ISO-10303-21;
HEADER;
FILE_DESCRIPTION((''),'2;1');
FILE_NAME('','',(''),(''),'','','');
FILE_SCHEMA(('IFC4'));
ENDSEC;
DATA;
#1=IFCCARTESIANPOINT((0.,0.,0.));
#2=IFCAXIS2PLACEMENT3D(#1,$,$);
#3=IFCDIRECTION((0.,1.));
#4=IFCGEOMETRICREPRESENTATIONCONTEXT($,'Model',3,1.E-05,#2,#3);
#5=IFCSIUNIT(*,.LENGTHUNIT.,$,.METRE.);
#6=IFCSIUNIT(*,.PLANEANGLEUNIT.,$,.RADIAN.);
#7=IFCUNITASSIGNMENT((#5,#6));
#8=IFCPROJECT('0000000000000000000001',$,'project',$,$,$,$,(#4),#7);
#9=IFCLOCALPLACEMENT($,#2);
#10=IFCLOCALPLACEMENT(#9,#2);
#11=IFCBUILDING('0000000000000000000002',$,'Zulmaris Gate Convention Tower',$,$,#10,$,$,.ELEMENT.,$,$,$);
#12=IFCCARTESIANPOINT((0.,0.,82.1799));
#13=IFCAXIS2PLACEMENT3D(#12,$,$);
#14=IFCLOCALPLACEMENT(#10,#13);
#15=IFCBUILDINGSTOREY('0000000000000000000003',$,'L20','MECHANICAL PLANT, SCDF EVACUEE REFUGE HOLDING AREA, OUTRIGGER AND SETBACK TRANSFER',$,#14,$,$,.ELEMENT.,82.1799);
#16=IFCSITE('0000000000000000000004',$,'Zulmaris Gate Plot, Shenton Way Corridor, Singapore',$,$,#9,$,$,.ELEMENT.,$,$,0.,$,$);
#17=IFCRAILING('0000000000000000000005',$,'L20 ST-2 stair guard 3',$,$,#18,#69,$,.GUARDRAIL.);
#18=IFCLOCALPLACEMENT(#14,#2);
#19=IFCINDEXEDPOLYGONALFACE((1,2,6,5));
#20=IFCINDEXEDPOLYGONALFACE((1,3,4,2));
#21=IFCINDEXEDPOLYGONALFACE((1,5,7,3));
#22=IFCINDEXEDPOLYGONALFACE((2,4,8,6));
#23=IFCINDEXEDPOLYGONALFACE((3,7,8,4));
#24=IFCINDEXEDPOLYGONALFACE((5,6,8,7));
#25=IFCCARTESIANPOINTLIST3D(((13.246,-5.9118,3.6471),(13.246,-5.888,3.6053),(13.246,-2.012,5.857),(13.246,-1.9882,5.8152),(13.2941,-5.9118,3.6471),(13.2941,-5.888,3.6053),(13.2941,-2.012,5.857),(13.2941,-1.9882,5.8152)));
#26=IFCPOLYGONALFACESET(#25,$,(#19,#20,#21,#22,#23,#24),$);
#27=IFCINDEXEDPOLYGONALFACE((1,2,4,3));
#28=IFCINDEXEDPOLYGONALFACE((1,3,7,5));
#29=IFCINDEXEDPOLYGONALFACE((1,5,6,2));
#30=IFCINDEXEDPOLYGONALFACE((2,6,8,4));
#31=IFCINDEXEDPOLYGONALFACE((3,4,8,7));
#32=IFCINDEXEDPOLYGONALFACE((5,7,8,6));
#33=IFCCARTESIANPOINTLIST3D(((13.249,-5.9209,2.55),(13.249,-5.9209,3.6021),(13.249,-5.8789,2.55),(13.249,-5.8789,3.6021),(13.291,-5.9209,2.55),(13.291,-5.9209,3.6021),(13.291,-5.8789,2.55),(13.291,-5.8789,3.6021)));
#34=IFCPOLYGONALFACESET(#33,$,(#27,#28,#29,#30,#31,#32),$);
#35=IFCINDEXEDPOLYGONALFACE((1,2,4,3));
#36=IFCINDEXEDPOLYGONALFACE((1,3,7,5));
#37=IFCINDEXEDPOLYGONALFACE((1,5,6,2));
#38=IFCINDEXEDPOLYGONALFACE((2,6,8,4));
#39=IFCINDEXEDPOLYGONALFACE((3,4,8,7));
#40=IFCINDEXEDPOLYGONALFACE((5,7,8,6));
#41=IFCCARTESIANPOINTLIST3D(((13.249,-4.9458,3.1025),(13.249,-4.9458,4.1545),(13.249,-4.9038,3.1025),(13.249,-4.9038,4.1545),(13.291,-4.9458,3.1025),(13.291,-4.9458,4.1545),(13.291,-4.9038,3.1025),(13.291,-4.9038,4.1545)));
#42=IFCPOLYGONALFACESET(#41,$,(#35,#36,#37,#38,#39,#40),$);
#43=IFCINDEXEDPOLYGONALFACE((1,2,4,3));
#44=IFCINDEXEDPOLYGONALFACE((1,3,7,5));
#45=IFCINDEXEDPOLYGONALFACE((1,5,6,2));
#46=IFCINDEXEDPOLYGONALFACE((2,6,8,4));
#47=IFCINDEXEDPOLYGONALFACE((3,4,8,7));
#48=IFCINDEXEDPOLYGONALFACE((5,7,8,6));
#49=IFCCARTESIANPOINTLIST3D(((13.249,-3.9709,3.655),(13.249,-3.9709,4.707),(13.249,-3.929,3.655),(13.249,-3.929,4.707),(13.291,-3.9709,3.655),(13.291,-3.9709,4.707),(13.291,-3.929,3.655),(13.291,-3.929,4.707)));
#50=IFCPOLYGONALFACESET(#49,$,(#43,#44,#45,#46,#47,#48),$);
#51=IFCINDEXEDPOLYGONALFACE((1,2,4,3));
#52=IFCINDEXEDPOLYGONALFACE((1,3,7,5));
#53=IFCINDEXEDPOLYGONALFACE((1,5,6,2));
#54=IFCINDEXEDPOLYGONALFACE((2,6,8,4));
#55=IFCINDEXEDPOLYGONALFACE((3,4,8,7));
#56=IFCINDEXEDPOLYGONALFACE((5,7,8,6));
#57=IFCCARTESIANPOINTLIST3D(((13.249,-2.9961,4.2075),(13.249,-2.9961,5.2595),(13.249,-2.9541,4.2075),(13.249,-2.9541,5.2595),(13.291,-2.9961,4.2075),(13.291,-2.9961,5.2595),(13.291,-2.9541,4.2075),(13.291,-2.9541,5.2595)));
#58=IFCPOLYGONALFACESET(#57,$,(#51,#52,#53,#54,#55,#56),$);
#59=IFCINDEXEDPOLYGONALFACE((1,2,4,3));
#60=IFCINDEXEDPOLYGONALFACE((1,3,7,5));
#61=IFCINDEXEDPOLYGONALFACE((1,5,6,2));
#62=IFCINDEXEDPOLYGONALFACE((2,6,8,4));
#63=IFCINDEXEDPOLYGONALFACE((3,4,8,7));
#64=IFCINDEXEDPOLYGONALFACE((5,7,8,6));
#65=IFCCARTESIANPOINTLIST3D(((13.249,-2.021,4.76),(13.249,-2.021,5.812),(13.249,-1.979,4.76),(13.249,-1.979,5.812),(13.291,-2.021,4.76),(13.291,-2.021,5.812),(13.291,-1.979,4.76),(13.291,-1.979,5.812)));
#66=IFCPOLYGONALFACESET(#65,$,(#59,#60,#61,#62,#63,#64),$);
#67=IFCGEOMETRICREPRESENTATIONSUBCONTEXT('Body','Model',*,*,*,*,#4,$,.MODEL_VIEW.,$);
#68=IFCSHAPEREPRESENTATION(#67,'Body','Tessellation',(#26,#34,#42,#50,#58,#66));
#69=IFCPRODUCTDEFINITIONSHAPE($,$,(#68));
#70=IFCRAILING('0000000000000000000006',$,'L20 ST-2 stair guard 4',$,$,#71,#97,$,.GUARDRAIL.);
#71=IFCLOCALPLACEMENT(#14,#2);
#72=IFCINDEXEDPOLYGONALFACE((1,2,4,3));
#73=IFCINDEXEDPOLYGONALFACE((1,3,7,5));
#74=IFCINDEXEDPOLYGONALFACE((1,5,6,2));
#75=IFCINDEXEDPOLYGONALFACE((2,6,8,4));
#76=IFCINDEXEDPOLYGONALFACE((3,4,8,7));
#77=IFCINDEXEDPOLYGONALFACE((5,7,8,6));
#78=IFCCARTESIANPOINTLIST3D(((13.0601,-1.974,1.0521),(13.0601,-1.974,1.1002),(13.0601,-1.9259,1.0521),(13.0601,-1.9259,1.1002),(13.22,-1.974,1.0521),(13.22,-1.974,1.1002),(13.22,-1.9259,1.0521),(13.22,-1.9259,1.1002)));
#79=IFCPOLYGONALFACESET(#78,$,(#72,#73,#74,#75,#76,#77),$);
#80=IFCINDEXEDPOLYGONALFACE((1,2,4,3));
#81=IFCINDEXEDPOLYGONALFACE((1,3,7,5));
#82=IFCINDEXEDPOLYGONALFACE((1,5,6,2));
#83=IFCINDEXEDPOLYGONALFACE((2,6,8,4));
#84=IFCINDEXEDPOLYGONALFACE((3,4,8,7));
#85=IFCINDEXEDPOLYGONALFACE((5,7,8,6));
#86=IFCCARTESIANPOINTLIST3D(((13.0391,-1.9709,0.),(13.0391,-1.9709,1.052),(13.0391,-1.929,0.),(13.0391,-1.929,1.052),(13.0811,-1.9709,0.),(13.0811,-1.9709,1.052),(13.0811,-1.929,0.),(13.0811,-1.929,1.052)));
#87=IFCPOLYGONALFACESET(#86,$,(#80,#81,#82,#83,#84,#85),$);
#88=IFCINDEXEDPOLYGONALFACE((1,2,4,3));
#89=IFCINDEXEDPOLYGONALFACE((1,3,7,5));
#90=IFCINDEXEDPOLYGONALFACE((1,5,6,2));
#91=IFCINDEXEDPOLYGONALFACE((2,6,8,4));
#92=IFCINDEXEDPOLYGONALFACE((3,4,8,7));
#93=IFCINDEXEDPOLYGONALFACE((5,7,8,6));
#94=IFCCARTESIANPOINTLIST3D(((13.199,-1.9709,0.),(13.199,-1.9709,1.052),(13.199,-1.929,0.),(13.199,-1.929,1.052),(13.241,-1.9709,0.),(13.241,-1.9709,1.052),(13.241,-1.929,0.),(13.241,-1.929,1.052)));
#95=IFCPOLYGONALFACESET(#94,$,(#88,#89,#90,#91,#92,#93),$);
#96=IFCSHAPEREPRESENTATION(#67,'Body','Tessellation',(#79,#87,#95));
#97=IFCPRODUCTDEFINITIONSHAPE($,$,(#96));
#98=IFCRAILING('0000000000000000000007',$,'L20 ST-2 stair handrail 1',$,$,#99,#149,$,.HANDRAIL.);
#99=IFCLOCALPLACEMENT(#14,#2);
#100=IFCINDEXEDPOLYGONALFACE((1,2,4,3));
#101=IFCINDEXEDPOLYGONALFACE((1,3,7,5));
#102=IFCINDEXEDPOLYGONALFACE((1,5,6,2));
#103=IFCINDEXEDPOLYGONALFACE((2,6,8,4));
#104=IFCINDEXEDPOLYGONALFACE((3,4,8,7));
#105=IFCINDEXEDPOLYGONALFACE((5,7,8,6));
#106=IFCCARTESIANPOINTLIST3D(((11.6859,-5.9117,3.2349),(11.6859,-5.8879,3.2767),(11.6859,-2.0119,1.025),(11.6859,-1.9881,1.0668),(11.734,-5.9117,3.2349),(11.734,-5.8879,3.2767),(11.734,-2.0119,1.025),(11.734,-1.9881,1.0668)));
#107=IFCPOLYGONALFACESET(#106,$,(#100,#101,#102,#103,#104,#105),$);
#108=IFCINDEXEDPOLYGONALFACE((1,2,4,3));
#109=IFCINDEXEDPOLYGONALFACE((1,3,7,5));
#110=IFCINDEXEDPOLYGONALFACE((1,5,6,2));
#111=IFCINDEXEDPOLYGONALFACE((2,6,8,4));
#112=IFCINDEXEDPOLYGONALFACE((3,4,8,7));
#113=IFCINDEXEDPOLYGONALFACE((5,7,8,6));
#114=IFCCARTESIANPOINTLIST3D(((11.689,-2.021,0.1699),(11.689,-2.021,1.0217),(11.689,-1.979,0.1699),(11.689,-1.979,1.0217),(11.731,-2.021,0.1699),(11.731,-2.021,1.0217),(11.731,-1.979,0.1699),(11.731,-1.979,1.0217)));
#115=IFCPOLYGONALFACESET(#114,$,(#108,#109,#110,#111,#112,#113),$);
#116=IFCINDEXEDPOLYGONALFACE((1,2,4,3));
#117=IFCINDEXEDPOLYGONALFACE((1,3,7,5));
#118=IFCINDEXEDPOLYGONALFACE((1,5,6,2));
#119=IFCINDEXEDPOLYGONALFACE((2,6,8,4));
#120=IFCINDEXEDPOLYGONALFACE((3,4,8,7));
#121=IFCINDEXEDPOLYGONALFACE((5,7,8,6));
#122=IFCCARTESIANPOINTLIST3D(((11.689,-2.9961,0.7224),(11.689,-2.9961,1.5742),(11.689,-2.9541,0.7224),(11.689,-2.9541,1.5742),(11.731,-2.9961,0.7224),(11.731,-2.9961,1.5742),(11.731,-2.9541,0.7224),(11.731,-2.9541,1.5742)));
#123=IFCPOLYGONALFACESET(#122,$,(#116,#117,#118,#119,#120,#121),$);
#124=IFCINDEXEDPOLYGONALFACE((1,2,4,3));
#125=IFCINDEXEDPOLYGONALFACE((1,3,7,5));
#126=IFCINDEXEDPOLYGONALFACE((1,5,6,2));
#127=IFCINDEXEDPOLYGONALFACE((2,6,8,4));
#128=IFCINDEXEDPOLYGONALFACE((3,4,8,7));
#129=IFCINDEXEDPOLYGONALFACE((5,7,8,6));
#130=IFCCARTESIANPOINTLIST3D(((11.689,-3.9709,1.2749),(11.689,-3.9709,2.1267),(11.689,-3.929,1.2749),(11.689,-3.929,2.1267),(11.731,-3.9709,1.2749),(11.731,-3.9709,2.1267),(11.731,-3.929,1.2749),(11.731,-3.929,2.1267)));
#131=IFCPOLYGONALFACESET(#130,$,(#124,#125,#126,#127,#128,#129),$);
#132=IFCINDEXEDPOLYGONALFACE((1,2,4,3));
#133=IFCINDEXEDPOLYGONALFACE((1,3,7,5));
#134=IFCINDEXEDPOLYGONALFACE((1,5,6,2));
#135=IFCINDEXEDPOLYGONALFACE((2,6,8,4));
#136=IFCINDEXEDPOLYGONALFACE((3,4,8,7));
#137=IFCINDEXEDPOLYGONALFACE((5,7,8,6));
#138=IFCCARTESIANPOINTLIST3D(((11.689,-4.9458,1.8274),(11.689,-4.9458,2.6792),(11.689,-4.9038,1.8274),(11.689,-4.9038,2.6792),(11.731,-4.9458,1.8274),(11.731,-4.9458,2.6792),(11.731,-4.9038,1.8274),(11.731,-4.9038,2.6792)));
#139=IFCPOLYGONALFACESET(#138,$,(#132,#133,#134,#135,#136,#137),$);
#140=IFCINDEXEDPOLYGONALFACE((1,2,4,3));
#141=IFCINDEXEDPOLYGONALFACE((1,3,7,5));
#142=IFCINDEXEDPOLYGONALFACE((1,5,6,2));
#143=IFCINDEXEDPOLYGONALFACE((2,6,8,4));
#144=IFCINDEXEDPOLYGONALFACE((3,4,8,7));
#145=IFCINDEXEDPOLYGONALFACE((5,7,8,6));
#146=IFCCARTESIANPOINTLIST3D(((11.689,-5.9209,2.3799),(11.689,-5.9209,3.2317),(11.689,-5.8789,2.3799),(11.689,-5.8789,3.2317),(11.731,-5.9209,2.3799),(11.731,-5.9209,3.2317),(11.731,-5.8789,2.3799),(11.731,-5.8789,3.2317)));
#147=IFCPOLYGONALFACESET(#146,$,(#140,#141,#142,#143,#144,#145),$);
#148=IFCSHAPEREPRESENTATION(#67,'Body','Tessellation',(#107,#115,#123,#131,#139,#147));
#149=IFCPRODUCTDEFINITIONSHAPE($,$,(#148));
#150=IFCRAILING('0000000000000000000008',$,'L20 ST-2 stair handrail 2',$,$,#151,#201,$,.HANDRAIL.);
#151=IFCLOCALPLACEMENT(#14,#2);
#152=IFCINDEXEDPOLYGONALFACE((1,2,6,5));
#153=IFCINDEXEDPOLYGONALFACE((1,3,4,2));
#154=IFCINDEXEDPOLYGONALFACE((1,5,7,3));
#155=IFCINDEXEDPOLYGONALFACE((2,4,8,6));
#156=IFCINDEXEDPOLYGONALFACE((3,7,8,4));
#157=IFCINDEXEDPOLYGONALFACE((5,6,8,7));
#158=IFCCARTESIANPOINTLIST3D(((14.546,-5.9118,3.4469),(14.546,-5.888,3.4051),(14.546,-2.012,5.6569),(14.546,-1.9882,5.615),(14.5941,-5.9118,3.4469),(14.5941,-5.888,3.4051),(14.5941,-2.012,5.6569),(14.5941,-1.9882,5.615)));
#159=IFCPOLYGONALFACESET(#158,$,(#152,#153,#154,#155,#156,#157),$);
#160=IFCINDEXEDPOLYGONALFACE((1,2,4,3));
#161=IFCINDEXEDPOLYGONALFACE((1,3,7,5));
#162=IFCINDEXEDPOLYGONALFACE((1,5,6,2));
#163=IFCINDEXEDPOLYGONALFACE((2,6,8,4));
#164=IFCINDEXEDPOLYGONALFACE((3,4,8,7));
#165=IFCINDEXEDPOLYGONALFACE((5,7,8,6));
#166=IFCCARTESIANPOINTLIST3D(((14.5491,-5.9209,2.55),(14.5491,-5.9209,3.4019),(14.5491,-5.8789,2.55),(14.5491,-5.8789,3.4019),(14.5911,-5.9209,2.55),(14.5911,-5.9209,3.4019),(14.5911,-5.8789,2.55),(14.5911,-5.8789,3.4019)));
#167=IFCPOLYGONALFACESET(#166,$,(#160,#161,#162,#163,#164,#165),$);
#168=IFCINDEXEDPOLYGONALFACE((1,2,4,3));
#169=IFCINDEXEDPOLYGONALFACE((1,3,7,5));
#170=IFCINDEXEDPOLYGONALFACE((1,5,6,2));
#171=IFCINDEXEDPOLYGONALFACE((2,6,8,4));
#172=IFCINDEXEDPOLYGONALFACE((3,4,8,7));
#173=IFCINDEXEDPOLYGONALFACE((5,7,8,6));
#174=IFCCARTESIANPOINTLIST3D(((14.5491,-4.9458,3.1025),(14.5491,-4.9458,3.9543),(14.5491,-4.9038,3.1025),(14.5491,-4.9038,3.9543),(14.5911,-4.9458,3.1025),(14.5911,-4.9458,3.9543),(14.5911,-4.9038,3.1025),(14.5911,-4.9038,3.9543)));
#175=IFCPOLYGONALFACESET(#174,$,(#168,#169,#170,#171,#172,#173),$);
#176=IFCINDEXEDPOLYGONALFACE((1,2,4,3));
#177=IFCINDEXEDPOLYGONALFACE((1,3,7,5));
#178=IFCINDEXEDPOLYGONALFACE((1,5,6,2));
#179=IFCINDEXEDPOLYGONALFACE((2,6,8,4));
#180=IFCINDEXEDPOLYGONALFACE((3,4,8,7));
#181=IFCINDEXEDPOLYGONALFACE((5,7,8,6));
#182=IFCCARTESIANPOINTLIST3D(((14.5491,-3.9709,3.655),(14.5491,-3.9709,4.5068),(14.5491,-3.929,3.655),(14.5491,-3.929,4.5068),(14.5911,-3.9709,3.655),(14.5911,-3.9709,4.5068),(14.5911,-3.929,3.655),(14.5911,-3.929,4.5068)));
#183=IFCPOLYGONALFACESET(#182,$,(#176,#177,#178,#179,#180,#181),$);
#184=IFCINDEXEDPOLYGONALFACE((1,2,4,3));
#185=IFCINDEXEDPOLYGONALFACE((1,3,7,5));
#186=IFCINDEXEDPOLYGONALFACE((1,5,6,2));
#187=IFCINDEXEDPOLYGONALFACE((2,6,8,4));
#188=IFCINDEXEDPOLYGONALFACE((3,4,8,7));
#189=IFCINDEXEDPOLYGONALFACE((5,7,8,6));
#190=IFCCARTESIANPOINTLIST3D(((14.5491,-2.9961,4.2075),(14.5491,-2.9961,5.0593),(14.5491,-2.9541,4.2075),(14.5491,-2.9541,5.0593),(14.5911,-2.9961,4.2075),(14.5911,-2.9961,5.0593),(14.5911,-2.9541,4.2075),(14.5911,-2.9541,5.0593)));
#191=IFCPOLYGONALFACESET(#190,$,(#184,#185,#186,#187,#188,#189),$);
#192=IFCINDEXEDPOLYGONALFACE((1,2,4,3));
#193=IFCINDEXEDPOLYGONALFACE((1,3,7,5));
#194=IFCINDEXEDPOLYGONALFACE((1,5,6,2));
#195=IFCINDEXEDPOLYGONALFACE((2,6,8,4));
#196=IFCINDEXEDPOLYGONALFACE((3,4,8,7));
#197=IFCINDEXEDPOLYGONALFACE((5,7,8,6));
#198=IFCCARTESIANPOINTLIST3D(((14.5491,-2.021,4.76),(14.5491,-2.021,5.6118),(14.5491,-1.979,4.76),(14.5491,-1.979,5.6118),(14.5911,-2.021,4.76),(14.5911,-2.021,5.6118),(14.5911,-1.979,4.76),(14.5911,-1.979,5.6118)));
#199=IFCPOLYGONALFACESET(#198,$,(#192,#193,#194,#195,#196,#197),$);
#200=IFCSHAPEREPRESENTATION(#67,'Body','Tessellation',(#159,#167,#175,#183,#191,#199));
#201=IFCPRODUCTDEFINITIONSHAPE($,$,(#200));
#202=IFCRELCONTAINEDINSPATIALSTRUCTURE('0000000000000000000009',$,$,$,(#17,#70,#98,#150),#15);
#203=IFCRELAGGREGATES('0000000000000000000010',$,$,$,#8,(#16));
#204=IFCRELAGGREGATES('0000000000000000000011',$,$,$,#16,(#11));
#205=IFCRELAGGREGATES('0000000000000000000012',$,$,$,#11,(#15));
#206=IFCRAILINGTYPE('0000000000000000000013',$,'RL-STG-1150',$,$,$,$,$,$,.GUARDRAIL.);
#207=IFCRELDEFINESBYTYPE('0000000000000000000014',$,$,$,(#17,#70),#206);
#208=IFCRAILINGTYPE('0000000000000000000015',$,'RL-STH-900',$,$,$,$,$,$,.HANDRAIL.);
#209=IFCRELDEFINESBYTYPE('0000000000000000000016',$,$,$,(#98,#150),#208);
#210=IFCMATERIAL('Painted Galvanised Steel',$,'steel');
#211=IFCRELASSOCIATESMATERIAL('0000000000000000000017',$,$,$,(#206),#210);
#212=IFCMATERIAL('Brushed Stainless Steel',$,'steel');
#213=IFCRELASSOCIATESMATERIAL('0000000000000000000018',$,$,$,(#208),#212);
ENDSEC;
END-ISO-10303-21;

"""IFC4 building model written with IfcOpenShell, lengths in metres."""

from ifc_helpers import new_model, si_unit, direction, frame, origin, origin_2d, place, context, subcontext, project, spatial, rectangle, extrude, material, type_object, element, save


model = new_model("IFC4")

# Units and contexts
model_context = context("Model", 3, precision=1e-05, world=origin(), true_north=direction((0.0, 1.0)))
body_context = subcontext(model_context, "Body", "Model", "MODEL_VIEW")
ifc_project = project(units=[si_unit("LENGTHUNIT", "METRE"), si_unit("PLANEANGLEUNIT", "RADIAN")], contexts=[model_context])

# Site, building, storey
site_placement = place(None, origin())
site = spatial("IfcSite", under=ifc_project, at=site_placement, Name="Zulmaris Gate Plot, Shenton Way Corridor, Singapore", CompositionType="ELEMENT", RefElevation=0.0)
building_placement = place(site_placement, origin())
building = spatial("IfcBuilding", under=site, at=building_placement, Name="Zulmaris Gate Convention Tower", CompositionType="ELEMENT")
storey_placement = place(building_placement, frame((0.0, 0.0, 82.1799)))
storey = spatial("IfcBuildingStorey", under=building, at=storey_placement, Name="L20", Description="MECHANICAL PLANT, SCDF EVACUEE REFUGE HOLDING AREA, OUTRIGGER AND SETBACK TRANSFER", CompositionType="ELEMENT", Elevation=82.1799)

# Railings
ifc_material_1 = material(Name="Painted Galvanised Steel", Category="steel")
railing_type_1 = type_object("IfcRailingType", Name="RL-STG-1150", PredefinedType="GUARDRAIL", material=ifc_material_1)
railing_1_placement = place(storey_placement, frame((13.27, -5.8999, 2.55)))
element("IfcRailing", 1, at=railing_1_placement, inside=storey, type_object=railing_type_1, Name="L20 ST-2 stair guard 3", PredefinedType="GUARDRAIL", context=body_context, shape_type="SweptSolid", body=[
    extrude(rectangle(XDim=0.0481, YDim=0.0481, at=origin_2d()), frame((0.0, 0.0, 1.0762), z_axis=(0.0, 0.870021, 0.493015), x_axis=(-1.0, 0.0, 0.0)), (0.0, 0.0, 1.0), 4.4824),
    extrude(rectangle(XDim=0.042, YDim=0.042, at=origin_2d()), origin(), (0.0, 0.0, 1.0), 1.052),
    extrude(rectangle(XDim=0.042, YDim=0.042, at=origin_2d()), frame((0.0, 0.9751, 0.5525)), (0.0, 0.0, 1.0), 1.052),
    extrude(rectangle(XDim=0.042, YDim=0.042, at=origin_2d()), frame((0.0, 1.95, 1.105)), (0.0, 0.0, 1.0), 1.052),
    extrude(rectangle(XDim=0.042, YDim=0.042, at=origin_2d()), frame((0.0, 2.9248, 1.6575)), (0.0, 0.0, 1.0), 1.052),
    extrude(rectangle(XDim=0.042, YDim=0.042, at=origin_2d()), frame((0.0, 3.8999, 2.21)), (0.0, 0.0, 1.0), 1.052),
])
railing_2_placement = place(storey_placement, frame((13.0601, -1.95, 0.0)))
element("IfcRailing", 2, at=railing_2_placement, inside=storey, type_object=railing_type_1, Name="L20 ST-2 stair guard 4", PredefinedType="GUARDRAIL", context=body_context, shape_type="SweptSolid", body=[
    extrude(rectangle(XDim=0.0481, YDim=0.0481, at=origin_2d()), frame((0.0, 0.0, 1.0762), z_axis=(1.0, 0.0, 0.0), x_axis=(0.0, 1.0, 0.0)), (0.0, 0.0, 1.0), 0.1599),
    extrude(rectangle(XDim=0.042, YDim=0.042, at=origin_2d()), origin(), (0.0, 0.0, 1.0), 1.052),
    extrude(rectangle(XDim=0.042, YDim=0.042, at=origin_2d()), frame((0.1599, 0.0, 0.0)), (0.0, 0.0, 1.0), 1.052),
])
ifc_material_2 = material(Name="Brushed Stainless Steel", Category="steel")
railing_type_2 = type_object("IfcRailingType", Name="RL-STH-900", PredefinedType="HANDRAIL", material=ifc_material_2)
railing_3_placement = place(storey_placement, frame((11.71, -2.0, 0.1699)))
element("IfcRailing", 3, at=railing_3_placement, inside=storey, type_object=railing_type_2, Name="L20 ST-2 stair handrail 1", PredefinedType="HANDRAIL", context=body_context, shape_type="SweptSolid", body=[
    extrude(rectangle(XDim=0.0481, YDim=0.0481, at=origin_2d()), frame((0.0, 0.0, 0.876), z_axis=(0.0, -0.870021, 0.493015), x_axis=(1.0, 0.0, 0.0)), (0.0, 0.0, 1.0), 4.4824),
    extrude(rectangle(XDim=0.042, YDim=0.042, at=origin_2d()), origin(), (0.0, 0.0, 1.0), 0.8518),
    extrude(rectangle(XDim=0.042, YDim=0.042, at=origin_2d()), frame((0.0, -0.9751, 0.5525)), (0.0, 0.0, 1.0), 0.8518),
    extrude(rectangle(XDim=0.042, YDim=0.042, at=origin_2d()), frame((0.0, -1.95, 1.105)), (0.0, 0.0, 1.0), 0.8518),
    extrude(rectangle(XDim=0.042, YDim=0.042, at=origin_2d()), frame((0.0, -2.9248, 1.6575)), (0.0, 0.0, 1.0), 0.8518),
    extrude(rectangle(XDim=0.042, YDim=0.042, at=origin_2d()), frame((0.0, -3.8999, 2.21)), (0.0, 0.0, 1.0), 0.8518),
])
railing_4_placement = place(storey_placement, frame((14.5701, -5.8999, 2.55)))
element("IfcRailing", 4, at=railing_4_placement, inside=storey, type_object=railing_type_2, Name="L20 ST-2 stair handrail 2", PredefinedType="HANDRAIL", context=body_context, shape_type="SweptSolid", body=[
    extrude(rectangle(XDim=0.0481, YDim=0.0481, at=origin_2d()), frame((0.0, 0.0, 0.876), z_axis=(0.0, 0.870021, 0.493015), x_axis=(-1.0, 0.0, 0.0)), (0.0, 0.0, 1.0), 4.4824),
    extrude(rectangle(XDim=0.042, YDim=0.042, at=origin_2d()), origin(), (0.0, 0.0, 1.0), 0.8518),
    extrude(rectangle(XDim=0.042, YDim=0.042, at=origin_2d()), frame((0.0, 0.9751, 0.5525)), (0.0, 0.0, 1.0), 0.8518),
    extrude(rectangle(XDim=0.042, YDim=0.042, at=origin_2d()), frame((0.0, 1.95, 1.105)), (0.0, 0.0, 1.0), 0.8518),
    extrude(rectangle(XDim=0.042, YDim=0.042, at=origin_2d()), frame((0.0, 2.9248, 1.6575)), (0.0, 0.0, 1.0), 0.8518),
    extrude(rectangle(XDim=0.042, YDim=0.042, at=origin_2d()), frame((0.0, 3.8999, 2.21)), (0.0, 0.0, 1.0), 0.8518),
])

save(model, "model.ifc")
